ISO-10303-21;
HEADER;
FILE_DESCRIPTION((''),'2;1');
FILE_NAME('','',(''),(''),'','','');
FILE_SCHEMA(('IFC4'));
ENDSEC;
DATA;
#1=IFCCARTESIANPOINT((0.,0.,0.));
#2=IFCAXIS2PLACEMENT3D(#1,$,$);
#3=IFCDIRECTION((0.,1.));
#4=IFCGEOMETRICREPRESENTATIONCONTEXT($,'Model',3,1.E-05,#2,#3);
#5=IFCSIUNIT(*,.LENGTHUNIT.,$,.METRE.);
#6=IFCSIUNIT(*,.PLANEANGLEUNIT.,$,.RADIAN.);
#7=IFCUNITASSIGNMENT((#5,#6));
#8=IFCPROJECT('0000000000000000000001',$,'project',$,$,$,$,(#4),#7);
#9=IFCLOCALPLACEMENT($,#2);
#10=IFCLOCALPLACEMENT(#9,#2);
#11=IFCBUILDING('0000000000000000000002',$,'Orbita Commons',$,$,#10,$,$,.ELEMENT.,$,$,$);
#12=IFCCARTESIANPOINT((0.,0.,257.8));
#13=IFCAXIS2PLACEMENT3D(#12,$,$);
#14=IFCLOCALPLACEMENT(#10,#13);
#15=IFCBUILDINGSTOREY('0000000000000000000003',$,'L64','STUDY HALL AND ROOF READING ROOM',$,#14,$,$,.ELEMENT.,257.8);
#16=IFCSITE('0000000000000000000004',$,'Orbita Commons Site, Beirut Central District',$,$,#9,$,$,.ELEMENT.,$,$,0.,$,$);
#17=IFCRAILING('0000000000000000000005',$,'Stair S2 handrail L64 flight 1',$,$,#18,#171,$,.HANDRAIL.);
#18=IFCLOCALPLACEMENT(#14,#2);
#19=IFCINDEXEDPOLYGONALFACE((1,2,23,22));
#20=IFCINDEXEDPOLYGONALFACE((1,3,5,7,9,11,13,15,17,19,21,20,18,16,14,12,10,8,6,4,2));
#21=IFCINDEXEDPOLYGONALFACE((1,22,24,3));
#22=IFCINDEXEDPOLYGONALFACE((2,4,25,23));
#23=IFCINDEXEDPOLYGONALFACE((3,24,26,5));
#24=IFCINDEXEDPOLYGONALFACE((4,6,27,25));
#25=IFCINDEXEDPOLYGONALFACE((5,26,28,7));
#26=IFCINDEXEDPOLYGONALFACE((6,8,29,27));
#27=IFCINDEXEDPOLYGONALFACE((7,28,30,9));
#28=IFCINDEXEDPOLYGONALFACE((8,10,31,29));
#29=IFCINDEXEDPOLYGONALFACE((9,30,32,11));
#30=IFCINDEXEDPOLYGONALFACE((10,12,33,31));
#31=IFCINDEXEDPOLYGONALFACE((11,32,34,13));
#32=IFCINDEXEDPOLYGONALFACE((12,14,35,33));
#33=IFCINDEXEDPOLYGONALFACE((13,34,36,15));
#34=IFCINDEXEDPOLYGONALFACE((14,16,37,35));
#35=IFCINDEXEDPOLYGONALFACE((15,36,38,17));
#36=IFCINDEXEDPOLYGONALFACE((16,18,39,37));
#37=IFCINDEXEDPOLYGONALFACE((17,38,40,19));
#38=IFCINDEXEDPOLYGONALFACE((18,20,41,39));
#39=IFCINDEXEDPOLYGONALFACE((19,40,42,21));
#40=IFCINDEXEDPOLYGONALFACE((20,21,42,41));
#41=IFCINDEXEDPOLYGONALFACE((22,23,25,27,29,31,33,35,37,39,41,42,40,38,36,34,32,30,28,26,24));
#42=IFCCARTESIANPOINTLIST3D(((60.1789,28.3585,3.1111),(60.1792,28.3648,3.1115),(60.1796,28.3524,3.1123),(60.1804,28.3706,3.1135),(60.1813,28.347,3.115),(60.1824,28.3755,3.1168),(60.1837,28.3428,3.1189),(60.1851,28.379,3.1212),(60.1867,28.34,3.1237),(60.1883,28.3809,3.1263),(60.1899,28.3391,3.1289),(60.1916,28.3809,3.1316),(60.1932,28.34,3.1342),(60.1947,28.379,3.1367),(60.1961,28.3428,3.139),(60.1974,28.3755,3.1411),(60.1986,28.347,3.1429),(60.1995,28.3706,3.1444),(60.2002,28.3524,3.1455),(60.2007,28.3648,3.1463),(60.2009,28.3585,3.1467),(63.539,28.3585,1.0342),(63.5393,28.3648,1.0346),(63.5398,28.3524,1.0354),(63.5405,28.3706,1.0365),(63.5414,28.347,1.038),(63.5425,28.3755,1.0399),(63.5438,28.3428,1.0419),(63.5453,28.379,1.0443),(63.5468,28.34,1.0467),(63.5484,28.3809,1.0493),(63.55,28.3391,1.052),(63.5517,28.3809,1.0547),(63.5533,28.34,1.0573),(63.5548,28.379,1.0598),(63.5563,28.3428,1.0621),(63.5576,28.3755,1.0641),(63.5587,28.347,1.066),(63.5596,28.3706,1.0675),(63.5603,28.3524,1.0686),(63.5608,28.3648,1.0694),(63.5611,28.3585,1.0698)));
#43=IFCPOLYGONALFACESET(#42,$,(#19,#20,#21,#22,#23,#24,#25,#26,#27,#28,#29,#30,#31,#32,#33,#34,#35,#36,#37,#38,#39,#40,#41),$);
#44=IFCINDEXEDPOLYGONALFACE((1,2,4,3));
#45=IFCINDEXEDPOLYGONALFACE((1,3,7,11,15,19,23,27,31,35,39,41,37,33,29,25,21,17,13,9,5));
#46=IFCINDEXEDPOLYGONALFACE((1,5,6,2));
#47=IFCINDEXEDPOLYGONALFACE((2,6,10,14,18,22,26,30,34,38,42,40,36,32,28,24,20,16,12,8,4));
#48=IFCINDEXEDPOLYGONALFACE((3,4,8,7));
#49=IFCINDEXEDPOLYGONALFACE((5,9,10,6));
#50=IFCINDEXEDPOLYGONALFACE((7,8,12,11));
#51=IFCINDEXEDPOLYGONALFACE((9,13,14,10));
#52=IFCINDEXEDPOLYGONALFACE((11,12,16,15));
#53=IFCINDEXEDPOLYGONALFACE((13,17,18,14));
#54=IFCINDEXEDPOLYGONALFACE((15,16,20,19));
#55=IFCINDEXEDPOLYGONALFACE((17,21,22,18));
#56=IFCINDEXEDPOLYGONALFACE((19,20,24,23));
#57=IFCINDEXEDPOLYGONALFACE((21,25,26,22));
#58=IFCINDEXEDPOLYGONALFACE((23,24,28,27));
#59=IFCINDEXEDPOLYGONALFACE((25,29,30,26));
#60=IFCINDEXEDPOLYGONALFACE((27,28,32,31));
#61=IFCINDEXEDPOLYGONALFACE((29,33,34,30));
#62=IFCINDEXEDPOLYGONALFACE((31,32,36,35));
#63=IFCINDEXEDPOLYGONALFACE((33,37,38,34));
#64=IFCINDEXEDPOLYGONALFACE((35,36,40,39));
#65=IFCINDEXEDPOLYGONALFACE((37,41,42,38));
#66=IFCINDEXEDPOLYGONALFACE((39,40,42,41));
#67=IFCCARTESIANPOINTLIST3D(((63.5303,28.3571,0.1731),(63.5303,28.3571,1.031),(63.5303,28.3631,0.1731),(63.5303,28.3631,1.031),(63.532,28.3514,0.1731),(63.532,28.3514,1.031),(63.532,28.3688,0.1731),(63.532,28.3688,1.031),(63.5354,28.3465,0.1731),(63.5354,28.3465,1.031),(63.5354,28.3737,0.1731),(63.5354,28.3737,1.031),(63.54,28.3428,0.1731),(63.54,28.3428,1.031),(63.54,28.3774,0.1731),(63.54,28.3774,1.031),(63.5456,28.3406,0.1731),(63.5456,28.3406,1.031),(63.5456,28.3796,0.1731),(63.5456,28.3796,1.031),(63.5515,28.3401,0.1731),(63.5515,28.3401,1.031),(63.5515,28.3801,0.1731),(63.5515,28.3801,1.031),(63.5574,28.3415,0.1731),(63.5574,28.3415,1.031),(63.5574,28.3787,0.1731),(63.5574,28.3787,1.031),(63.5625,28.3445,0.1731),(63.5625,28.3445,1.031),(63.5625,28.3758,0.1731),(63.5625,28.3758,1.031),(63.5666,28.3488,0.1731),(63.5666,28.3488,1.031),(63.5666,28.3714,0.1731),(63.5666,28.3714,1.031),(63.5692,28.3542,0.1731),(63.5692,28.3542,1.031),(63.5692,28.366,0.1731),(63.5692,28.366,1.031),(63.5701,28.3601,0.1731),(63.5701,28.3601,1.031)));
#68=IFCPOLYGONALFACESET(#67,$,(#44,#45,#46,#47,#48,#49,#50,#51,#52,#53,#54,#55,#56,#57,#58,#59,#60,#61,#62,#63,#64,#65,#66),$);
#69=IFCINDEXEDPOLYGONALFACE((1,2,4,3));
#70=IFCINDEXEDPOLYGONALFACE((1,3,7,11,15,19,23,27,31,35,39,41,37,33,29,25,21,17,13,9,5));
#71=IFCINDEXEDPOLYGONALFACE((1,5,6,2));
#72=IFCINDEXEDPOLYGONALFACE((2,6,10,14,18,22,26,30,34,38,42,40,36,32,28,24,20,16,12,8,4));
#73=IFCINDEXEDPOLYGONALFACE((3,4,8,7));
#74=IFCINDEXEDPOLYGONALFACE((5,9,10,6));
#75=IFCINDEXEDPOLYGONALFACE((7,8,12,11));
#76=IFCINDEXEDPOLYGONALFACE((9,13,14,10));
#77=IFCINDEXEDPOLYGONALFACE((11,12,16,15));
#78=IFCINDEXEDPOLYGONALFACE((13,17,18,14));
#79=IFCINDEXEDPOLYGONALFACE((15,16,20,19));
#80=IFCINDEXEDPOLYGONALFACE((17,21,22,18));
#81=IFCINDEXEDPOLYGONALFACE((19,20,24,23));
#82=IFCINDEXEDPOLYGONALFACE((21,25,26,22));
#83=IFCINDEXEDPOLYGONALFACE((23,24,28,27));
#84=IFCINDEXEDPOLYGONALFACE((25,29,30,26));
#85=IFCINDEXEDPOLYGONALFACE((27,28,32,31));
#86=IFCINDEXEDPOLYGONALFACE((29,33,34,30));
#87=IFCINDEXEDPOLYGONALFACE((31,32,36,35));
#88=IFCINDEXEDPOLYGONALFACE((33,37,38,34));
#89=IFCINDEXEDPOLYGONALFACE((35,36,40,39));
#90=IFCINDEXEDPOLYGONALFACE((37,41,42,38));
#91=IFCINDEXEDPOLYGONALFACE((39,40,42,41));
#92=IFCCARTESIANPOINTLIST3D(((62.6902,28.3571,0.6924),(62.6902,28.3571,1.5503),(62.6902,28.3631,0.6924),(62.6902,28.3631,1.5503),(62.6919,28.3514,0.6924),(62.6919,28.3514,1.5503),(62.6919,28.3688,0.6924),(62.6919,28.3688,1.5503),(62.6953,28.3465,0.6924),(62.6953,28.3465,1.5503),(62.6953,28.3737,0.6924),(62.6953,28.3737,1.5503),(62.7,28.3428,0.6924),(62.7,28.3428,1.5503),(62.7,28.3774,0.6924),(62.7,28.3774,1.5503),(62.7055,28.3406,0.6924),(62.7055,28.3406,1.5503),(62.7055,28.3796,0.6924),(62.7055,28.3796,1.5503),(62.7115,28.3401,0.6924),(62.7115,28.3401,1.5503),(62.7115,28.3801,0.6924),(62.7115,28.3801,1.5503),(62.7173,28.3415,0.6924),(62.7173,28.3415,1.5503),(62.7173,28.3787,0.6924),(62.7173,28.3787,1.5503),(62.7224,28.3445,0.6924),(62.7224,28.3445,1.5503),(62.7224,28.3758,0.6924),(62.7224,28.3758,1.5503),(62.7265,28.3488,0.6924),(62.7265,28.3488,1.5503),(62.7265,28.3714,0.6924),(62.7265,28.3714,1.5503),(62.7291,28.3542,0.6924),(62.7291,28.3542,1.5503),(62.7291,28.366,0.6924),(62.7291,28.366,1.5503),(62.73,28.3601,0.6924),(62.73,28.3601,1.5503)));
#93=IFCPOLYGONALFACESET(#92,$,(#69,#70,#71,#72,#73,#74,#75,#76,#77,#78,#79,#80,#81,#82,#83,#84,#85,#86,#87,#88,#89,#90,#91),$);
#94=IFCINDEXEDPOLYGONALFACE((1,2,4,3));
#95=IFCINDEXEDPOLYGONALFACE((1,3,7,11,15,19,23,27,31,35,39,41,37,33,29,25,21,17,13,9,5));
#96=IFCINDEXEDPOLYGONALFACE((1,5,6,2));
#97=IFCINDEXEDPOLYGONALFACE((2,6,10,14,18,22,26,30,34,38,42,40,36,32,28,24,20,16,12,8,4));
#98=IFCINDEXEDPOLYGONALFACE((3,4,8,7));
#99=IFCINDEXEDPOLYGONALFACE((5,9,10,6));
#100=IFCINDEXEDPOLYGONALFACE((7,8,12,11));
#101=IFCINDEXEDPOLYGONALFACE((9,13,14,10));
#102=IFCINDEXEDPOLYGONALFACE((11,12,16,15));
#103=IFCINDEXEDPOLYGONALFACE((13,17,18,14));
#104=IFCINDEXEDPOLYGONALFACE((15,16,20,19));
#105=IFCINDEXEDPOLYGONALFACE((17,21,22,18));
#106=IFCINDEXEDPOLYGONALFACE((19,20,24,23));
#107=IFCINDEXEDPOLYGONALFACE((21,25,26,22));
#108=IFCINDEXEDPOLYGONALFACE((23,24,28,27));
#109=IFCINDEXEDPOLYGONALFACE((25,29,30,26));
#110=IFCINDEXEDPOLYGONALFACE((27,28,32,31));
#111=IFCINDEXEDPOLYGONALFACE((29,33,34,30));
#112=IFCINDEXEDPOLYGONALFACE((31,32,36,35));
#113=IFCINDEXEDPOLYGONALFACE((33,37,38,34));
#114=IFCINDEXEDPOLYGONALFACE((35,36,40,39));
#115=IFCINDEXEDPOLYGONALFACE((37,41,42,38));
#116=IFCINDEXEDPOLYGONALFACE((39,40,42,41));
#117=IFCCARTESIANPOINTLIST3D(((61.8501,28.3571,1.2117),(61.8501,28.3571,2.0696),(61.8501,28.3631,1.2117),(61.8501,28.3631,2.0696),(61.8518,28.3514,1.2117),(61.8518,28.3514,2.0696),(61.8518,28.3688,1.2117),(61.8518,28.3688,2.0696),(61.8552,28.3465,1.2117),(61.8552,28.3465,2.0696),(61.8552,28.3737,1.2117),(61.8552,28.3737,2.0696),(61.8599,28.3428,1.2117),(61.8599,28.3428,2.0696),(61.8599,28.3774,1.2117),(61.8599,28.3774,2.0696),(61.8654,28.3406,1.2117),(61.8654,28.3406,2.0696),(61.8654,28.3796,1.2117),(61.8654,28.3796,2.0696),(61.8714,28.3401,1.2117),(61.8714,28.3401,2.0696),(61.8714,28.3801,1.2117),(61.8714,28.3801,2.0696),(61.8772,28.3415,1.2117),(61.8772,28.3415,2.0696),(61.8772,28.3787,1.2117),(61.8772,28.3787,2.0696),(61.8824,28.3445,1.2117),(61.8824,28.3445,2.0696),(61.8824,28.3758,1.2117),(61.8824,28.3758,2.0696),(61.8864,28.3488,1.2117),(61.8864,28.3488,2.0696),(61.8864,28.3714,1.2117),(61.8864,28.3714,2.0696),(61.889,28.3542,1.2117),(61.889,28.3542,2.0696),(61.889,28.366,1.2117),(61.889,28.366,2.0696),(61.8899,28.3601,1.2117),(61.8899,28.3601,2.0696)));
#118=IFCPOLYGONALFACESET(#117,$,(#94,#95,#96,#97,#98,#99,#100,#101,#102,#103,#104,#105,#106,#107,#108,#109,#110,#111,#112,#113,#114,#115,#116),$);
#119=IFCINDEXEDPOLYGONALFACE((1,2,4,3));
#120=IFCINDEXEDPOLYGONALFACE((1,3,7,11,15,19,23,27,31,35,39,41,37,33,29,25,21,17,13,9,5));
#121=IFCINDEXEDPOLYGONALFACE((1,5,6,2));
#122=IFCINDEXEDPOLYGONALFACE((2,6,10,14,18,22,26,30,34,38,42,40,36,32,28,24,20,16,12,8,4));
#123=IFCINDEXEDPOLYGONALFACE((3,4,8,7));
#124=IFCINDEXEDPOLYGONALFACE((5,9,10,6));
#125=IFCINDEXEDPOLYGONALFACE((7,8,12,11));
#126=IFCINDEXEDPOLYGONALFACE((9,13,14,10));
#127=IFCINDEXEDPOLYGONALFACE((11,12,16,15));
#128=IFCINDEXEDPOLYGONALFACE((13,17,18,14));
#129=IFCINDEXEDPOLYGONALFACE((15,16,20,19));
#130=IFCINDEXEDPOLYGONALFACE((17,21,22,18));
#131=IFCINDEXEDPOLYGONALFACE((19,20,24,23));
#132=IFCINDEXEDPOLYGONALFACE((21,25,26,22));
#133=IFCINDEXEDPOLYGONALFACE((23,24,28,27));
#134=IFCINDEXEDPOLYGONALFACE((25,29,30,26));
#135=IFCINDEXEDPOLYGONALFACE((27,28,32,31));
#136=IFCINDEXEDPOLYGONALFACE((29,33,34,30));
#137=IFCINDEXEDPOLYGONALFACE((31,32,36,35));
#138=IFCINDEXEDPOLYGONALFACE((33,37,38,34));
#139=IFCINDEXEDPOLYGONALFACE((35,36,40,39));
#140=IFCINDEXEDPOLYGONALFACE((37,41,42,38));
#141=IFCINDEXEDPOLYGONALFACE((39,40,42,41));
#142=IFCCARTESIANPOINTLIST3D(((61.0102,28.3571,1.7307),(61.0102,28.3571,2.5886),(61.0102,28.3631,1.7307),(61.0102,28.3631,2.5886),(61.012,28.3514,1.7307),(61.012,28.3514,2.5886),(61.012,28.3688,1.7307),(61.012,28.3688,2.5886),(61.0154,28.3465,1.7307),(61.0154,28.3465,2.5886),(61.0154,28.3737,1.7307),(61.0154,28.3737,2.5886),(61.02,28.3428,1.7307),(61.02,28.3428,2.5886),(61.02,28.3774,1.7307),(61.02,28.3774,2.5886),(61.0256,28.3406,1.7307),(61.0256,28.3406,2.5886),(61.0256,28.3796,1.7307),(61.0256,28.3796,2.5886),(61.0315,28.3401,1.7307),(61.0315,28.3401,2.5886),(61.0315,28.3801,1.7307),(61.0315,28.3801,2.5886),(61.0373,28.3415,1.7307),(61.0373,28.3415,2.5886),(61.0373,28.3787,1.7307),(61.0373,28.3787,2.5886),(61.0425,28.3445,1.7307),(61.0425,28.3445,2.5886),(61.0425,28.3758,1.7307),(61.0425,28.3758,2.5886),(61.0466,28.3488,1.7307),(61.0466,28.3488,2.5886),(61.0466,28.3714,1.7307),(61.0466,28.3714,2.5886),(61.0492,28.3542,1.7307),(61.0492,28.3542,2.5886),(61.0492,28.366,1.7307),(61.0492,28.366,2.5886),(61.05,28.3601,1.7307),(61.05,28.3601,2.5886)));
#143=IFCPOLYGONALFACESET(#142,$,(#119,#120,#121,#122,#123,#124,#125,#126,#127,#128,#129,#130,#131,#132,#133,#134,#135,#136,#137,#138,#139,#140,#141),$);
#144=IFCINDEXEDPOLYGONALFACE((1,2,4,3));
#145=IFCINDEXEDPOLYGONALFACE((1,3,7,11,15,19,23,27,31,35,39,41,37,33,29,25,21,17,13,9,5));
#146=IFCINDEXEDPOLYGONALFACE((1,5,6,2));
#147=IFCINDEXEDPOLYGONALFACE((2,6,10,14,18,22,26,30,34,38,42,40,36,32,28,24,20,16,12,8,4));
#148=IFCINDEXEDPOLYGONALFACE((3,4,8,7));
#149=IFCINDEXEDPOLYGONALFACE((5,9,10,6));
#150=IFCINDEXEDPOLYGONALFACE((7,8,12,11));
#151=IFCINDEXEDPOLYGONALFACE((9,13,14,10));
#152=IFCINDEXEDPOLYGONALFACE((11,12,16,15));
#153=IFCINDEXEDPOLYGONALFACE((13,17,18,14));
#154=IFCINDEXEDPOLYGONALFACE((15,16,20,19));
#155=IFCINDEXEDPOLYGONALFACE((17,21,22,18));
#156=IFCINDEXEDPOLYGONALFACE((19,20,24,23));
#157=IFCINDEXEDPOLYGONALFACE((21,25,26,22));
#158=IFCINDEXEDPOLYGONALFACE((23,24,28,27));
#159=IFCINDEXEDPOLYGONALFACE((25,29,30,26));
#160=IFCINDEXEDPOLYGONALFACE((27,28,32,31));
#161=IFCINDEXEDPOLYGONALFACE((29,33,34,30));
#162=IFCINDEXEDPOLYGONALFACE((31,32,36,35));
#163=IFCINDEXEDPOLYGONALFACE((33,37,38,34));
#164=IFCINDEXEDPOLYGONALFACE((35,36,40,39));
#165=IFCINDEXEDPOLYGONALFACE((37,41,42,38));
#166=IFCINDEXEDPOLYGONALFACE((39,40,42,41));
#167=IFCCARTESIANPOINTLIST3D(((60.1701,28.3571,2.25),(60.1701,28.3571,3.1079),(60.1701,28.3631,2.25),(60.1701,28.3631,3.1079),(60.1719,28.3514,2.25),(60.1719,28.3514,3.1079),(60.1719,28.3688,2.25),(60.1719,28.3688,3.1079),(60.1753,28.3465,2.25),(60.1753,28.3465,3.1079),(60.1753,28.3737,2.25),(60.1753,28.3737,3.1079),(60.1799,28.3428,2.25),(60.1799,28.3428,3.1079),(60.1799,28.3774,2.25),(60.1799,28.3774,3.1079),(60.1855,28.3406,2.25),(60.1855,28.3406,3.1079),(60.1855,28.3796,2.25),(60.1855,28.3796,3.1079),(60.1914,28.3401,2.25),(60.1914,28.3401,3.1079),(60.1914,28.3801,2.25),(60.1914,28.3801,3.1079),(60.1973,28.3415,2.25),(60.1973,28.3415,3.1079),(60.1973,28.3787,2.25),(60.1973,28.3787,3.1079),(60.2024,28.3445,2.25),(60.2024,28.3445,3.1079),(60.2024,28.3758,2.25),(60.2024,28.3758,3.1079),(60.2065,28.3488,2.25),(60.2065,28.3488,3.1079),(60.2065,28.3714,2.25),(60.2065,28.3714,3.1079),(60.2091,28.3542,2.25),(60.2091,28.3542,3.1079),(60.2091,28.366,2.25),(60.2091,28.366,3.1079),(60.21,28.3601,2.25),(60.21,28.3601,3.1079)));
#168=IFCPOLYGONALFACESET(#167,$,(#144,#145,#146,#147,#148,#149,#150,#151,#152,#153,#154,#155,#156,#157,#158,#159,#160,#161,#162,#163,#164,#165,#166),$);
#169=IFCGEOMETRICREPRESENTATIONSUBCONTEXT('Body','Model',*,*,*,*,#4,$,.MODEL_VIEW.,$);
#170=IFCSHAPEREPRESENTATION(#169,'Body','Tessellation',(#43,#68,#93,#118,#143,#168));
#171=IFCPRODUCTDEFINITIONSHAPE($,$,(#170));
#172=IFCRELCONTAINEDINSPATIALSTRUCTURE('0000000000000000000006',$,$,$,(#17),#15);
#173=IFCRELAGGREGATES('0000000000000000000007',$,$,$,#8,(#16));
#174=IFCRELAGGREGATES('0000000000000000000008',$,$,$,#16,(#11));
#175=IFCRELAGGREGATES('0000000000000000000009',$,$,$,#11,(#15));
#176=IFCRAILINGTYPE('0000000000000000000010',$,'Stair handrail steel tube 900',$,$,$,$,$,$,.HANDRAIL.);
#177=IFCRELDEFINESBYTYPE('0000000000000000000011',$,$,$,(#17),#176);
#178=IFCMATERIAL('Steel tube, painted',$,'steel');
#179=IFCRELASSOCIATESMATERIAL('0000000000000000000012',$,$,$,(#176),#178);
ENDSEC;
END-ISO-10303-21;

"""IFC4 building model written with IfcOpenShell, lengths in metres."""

from ifc_helpers import new_model, si_unit, direction, frame, origin, origin_2d, place, context, subcontext, project, spatial, circle, extrude, material, type_object, element, save


model = new_model("IFC4")

# Units and contexts
model_context = context("Model", 3, precision=1e-05, world=origin(), true_north=direction((0.0, 1.0)))
body_context = subcontext(model_context, "Body", "Model", "MODEL_VIEW")
ifc_project = project(units=[si_unit("LENGTHUNIT", "METRE"), si_unit("PLANEANGLEUNIT", "RADIAN")], contexts=[model_context])

# Site, building, storey
site_placement = place(None, origin())
site = spatial("IfcSite", under=ifc_project, at=site_placement, Name="Orbita Commons Site, Beirut Central District", CompositionType="ELEMENT", RefElevation=0.0)
building_placement = place(site_placement, origin())
building = spatial("IfcBuilding", under=site, at=building_placement, Name="Orbita Commons", CompositionType="ELEMENT")
storey_placement = place(building_placement, frame((0.0, 0.0, 257.8)))
storey = spatial("IfcBuildingStorey", under=building, at=storey_placement, Name="L64", Description="STUDY HALL AND ROOF READING ROOM", CompositionType="ELEMENT", Elevation=257.8)

# Railing
ifc_material_1 = material(Name="Steel tube, painted", Category="steel")
railing_type = type_object("IfcRailingType", Name="Stair handrail steel tube 900", PredefinedType="HANDRAIL", material=ifc_material_1)
for number, where, name in (
    (1, (63.55, 28.3601, 0.1731), "Stair S2 handrail L64 flight 1"),
):
    element("IfcRailing", number, at=place(storey_placement, frame(where)), inside=storey, type_object=railing_type, Name=name, PredefinedType="HANDRAIL", context=body_context, shape_type="SweptSolid", body=[
        extrude(circle(Radius=0.021, at=origin_2d()), frame((0.0, 0.0, 0.8789), z_axis=(-0.850623, 0.0, 0.525776), x_axis=(0.0, -1.0, 0.0)), (0.0, 0.0, 1.0), 3.9502),
        extrude(circle(Radius=0.02, at=origin_2d()), origin(), (0.0, 0.0, 1.0), 0.8579),
        extrude(circle(Radius=0.02, at=origin_2d()), frame((-0.8401, 0.0, 0.5193)), (0.0, 0.0, 1.0), 0.8579),
        extrude(circle(Radius=0.02, at=origin_2d()), frame((-1.6802, 0.0, 1.0386)), (0.0, 0.0, 1.0), 0.8579),
        extrude(circle(Radius=0.02, at=origin_2d()), frame((-2.52, 0.0, 1.5576)), (0.0, 0.0, 1.0), 0.8579),
        extrude(circle(Radius=0.02, at=origin_2d()), frame((-3.3601, 0.0, 2.0769)), (0.0, 0.0, 1.0), 0.8579),
    ])

save(model, "model.ifc")
